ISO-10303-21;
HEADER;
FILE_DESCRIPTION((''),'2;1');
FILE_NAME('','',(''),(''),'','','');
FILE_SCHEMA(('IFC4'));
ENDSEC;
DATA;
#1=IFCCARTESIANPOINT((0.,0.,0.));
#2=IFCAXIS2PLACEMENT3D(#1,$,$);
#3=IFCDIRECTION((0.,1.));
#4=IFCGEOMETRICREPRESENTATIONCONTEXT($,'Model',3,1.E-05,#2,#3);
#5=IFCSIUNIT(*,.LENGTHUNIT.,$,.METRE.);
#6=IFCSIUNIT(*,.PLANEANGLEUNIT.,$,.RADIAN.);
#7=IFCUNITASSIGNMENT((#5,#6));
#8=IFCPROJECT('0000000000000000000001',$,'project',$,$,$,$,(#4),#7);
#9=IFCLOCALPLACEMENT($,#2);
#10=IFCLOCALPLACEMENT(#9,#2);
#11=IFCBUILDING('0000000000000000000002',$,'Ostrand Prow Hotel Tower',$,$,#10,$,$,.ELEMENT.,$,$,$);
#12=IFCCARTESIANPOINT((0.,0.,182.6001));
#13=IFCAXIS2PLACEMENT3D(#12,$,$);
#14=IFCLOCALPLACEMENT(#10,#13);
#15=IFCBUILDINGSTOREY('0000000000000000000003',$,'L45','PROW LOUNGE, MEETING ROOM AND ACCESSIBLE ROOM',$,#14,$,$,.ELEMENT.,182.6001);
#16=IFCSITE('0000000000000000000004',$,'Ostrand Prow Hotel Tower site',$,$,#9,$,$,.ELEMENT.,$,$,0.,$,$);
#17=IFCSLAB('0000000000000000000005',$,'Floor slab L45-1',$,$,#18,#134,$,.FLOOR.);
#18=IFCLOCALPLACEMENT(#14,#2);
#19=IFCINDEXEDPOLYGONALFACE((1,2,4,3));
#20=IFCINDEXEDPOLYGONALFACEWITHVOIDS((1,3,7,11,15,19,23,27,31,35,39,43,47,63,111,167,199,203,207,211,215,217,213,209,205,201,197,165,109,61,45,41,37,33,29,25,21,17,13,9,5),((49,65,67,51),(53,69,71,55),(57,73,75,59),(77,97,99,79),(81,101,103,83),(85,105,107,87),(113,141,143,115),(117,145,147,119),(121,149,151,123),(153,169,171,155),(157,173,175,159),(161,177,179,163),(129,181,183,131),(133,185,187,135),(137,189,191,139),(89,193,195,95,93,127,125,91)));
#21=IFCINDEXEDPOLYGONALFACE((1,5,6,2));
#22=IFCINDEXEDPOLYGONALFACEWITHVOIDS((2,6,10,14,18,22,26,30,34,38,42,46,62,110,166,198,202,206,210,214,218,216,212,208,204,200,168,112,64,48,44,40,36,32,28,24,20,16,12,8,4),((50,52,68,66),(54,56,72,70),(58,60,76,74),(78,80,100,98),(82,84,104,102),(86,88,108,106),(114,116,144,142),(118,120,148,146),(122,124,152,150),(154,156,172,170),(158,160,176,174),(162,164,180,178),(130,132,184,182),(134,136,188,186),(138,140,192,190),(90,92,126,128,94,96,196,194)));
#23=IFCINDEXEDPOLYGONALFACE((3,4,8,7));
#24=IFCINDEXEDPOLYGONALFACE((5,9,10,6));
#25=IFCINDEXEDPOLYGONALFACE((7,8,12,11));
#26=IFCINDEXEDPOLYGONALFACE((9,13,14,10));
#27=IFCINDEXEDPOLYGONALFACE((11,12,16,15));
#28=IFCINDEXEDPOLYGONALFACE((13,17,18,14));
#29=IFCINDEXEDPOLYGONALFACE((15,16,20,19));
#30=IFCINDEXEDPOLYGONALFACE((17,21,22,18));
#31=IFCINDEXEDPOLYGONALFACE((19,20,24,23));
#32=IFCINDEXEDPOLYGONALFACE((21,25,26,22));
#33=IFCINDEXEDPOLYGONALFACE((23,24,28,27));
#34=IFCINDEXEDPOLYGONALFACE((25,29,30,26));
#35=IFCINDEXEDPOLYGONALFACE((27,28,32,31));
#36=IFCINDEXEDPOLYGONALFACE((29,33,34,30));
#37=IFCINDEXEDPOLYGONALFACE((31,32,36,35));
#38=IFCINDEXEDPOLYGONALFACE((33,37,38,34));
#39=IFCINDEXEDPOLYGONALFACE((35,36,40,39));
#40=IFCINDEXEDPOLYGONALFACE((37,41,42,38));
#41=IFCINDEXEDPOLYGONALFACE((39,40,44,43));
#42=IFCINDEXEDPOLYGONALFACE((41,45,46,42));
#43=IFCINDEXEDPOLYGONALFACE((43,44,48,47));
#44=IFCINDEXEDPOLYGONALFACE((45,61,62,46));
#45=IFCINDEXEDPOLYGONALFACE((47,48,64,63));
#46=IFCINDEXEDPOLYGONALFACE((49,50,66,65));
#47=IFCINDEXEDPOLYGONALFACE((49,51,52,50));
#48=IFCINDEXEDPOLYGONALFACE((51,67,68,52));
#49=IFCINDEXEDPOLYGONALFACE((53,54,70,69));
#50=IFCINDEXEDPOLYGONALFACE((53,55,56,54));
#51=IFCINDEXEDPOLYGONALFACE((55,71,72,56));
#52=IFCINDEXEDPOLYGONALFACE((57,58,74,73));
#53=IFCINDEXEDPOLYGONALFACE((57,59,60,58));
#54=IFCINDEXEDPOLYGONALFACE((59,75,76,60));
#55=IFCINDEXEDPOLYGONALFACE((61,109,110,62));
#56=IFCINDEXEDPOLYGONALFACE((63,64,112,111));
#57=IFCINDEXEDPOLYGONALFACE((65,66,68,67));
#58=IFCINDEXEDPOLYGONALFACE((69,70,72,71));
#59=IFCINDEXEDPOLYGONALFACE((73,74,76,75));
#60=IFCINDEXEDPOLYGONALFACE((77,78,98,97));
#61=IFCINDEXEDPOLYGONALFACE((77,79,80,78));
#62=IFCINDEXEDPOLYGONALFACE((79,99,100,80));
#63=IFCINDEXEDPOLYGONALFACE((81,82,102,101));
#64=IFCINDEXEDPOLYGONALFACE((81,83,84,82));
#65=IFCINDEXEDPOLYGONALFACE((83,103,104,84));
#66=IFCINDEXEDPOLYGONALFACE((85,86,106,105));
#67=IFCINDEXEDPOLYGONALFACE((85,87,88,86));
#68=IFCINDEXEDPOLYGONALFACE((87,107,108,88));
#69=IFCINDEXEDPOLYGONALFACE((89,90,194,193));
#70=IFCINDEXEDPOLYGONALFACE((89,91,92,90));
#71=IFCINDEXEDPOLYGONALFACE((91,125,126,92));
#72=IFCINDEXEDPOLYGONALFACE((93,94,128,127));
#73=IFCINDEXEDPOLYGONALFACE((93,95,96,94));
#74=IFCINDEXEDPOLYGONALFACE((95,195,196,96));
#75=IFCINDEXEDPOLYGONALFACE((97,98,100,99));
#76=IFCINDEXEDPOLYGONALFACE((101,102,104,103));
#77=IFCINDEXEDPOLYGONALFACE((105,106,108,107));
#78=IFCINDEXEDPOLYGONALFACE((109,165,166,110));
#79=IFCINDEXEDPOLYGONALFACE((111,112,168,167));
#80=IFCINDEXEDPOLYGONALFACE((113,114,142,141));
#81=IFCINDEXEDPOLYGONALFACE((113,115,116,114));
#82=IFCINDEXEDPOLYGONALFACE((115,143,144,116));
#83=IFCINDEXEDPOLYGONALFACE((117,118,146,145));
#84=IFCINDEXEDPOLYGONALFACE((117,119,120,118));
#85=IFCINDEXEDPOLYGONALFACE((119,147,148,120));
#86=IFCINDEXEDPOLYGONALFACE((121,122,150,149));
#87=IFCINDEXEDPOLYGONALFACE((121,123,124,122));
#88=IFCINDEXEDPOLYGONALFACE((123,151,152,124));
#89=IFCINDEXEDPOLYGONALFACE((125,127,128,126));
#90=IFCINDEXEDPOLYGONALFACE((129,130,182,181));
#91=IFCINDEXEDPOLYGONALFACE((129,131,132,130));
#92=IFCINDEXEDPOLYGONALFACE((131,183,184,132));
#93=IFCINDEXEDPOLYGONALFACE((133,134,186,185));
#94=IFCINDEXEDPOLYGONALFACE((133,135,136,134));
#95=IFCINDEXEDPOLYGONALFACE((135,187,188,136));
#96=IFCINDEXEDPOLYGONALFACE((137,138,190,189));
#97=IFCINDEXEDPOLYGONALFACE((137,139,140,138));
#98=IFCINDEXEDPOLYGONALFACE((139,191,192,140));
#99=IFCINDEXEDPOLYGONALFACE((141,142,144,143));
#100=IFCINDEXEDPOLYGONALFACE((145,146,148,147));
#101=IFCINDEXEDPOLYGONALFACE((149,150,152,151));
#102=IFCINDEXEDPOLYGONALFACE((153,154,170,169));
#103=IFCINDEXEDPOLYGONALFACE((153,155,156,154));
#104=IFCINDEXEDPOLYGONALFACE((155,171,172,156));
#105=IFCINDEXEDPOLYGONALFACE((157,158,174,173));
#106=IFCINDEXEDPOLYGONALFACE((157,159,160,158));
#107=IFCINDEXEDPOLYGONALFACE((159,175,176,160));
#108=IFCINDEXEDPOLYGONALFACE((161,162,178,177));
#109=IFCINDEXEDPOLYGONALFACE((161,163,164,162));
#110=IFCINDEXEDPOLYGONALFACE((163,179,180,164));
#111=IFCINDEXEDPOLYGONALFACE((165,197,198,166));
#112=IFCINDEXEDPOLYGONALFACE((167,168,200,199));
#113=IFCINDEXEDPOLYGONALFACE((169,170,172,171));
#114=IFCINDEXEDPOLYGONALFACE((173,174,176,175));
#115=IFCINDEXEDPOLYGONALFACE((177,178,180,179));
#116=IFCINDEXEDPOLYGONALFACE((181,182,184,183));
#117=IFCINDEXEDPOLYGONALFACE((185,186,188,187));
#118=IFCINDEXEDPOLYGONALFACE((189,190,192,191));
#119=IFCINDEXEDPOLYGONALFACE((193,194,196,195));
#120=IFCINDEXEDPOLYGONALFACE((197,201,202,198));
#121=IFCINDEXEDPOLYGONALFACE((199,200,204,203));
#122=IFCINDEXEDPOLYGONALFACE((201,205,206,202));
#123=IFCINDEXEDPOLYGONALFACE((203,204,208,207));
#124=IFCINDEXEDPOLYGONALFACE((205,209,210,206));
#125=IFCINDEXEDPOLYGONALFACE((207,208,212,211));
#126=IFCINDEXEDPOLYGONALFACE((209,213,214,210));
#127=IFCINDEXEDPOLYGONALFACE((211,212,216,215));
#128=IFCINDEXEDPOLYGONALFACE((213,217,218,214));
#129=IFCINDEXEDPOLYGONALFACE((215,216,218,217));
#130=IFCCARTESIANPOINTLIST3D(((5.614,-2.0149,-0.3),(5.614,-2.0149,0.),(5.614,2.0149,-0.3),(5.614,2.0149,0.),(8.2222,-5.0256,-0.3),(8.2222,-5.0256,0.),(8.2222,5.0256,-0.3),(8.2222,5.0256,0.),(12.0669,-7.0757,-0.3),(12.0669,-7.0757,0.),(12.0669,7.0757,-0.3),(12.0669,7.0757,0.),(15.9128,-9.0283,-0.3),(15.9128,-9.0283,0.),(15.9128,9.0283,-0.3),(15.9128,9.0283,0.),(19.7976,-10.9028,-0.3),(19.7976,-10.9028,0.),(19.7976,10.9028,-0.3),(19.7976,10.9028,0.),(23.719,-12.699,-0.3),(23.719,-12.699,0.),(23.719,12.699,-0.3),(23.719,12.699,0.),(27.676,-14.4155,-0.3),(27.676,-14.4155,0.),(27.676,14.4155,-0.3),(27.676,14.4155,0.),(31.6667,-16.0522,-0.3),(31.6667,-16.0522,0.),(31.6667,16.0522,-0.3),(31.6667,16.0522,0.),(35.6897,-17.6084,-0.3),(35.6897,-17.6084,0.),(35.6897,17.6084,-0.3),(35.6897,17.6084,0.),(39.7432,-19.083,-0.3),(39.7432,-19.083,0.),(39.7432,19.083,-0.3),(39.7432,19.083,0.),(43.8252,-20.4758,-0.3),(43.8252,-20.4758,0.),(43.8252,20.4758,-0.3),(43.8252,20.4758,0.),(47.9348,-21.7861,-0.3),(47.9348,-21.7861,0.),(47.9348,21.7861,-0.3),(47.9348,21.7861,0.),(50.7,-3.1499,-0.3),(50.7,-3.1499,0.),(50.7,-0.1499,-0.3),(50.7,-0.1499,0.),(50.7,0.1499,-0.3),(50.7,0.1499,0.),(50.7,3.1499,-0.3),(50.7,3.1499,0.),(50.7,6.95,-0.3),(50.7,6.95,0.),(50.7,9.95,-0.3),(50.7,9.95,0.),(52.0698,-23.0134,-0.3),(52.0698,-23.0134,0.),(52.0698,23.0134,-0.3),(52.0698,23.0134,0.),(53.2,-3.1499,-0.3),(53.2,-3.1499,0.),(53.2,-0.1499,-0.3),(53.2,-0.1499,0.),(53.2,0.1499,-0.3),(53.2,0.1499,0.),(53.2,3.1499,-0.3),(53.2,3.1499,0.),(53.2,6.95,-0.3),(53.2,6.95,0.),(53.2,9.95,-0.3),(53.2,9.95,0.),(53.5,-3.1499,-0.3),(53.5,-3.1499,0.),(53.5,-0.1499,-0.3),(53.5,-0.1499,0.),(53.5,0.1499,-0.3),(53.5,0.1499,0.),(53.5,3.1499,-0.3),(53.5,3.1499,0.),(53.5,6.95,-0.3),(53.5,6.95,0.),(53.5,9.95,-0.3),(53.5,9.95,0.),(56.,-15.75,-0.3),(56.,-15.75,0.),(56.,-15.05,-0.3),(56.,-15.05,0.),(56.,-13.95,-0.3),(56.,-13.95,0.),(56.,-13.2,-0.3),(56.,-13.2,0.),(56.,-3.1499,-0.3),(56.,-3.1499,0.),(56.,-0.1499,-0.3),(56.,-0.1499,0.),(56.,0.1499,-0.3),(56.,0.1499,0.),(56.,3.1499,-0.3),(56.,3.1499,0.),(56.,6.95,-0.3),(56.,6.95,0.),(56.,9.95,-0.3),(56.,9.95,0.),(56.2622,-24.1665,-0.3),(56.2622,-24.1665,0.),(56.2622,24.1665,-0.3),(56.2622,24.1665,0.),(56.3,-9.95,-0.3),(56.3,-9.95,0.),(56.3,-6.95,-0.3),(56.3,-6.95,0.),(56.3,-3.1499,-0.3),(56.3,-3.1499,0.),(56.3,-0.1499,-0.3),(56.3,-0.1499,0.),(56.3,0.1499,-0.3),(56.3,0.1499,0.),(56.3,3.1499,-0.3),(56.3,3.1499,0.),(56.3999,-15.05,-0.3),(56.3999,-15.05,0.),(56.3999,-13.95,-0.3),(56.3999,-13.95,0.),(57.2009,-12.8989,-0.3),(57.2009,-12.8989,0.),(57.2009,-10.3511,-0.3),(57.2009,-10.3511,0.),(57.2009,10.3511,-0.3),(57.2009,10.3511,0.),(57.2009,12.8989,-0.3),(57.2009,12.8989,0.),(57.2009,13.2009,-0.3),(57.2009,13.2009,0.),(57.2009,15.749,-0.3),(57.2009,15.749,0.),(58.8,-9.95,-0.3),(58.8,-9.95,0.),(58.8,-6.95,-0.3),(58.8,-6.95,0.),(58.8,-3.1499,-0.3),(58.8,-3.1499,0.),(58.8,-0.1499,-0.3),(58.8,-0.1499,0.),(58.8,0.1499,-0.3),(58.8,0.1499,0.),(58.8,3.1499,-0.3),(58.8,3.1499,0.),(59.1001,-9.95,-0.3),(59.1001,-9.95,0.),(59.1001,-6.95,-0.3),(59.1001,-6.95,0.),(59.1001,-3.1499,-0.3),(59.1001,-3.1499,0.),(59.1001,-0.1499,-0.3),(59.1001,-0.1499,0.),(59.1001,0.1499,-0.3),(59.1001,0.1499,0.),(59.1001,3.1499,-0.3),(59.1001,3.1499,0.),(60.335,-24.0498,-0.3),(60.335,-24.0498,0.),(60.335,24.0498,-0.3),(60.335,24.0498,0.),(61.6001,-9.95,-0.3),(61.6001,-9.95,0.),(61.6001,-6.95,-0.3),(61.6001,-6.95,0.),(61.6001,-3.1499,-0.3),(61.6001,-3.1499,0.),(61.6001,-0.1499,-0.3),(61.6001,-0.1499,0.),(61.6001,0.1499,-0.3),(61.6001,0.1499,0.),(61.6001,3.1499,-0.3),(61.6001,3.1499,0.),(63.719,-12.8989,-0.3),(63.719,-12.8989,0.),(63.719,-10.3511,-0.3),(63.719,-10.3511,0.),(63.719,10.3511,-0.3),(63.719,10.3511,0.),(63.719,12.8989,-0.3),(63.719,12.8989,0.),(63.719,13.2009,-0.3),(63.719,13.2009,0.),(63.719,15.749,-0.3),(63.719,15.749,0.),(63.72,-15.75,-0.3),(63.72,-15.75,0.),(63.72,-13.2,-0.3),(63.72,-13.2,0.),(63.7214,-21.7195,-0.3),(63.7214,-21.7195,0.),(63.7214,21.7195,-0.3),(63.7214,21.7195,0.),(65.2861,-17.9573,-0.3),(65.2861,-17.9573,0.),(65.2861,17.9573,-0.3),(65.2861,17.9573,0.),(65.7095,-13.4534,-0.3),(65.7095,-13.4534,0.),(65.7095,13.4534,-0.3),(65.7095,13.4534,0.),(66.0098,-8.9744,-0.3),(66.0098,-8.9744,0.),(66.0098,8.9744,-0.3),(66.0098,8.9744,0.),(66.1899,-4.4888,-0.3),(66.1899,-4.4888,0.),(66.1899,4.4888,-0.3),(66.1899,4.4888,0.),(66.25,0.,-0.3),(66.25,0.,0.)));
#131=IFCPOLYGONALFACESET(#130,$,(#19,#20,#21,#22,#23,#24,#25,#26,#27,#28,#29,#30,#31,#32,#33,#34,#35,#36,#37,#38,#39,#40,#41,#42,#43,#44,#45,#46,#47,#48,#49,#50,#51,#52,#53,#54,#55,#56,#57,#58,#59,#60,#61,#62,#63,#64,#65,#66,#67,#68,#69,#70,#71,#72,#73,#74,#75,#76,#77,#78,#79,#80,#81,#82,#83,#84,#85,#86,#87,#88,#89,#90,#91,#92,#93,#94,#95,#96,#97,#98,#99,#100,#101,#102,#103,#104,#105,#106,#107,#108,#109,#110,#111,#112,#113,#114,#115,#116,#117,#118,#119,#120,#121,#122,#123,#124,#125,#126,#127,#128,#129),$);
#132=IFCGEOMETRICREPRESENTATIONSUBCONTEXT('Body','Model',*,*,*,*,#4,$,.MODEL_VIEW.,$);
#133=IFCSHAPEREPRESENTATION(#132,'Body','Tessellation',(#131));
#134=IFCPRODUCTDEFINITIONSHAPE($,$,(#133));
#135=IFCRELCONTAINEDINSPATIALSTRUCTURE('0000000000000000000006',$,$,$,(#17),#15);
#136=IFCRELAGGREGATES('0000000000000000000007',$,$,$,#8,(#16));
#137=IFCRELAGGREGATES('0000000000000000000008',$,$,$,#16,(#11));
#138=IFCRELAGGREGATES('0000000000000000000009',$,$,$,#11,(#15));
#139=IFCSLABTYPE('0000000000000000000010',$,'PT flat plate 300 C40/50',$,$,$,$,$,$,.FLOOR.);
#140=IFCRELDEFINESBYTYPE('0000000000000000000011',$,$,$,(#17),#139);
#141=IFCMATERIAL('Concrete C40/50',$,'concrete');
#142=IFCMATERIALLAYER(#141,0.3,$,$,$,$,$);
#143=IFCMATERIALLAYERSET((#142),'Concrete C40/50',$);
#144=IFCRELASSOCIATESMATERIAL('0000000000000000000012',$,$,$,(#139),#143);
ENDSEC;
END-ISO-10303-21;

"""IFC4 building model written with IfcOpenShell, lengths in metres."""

from ifc_helpers import new_model, si_unit, direction, frame, origin, place, context, subcontext, project, spatial, polyline, outline, extrude, material, layer, layer_set, type_object, element, save


model = new_model("IFC4")

# Units and contexts
model_context = context("Model", 3, precision=1e-05, world=origin(), true_north=direction((0.0, 1.0)))
body_context = subcontext(model_context, "Body", "Model", "MODEL_VIEW")
ifc_project = project(units=[si_unit("LENGTHUNIT", "METRE"), si_unit("PLANEANGLEUNIT", "RADIAN")], contexts=[model_context])

# Site, building, storey
site_placement = place(None, origin())
site = spatial("IfcSite", under=ifc_project, at=site_placement, Name="Ostrand Prow Hotel Tower site", CompositionType="ELEMENT", RefElevation=0.0)
building_placement = place(site_placement, origin())
building = spatial("IfcBuilding", under=site, at=building_placement, Name="Ostrand Prow Hotel Tower", CompositionType="ELEMENT")
storey_placement = place(building_placement, frame((0.0, 0.0, 182.6001)))
storey = spatial("IfcBuildingStorey", under=building, at=storey_placement, Name="L45", Description="PROW LOUNGE, MEETING ROOM AND ACCESSIBLE ROOM", CompositionType="ELEMENT", Elevation=182.6001)

# Slab, opening
ifc_material_1 = material(Name="Concrete C40/50", Category="concrete")
ifc_layer_1 = layer(ifc_material_1, 0.3)
ifc_layer_set_1 = layer_set([ifc_layer_1], Name="Concrete C40/50")
slab_type = type_object("IfcSlabType", Name="PT flat plate 300 C40/50", PredefinedType="FLOOR", material=ifc_layer_set_1)
slab_placement = place(storey_placement, frame((0.0, 0.0, -0.3)))
slab = element("IfcSlab", 1, at=slab_placement, inside=storey, type_object=slab_type, Name="Floor slab L45-1", PredefinedType="FLOOR", context=body_context, shape_type="SweptSolid", body=[
    extrude(outline(polyline([(8.2222, 5.0256), (12.0669, 7.0757), (15.9128, 9.0283), (19.7976, 10.9028), (23.719, 12.699), (27.676, 14.4155), (31.6667, 16.0522), (35.6897, 17.6084), (39.7432, 19.083), (43.8252, 20.4758), (47.9348, 21.7861), (52.0698, 23.0134), (56.2622, 24.1665), (60.335, 24.0498), (63.7214, 21.7195), (65.2861, 17.9573), (65.7095, 13.4534), (66.0098, 8.9744), (66.1899, 4.4888), (66.25, 0.0), (66.1899, -4.4888), (66.0098, -8.9744), (65.7095, -13.4534), (65.2861, -17.9573), (63.7214, -21.7195), (60.335, -24.0498), (56.2622, -24.1665), (52.0698, -23.0134), (47.9348, -21.7861), (43.8252, -20.4758), (39.7432, -19.083), (35.6897, -17.6084), (31.6667, -16.0522), (27.676, -14.4155), (23.719, -12.699), (19.7976, -10.9028), (15.9128, -9.0283), (12.0669, -7.0757), (8.2222, -5.0256), (5.614, -2.0149), (5.614, 2.0149), (8.2222, 5.0256)]), holes=[polyline([(50.7, 6.95), (53.2, 6.95), (53.2, 9.95), (50.7, 9.95), (50.7, 6.95)]), polyline([(53.5, 6.95), (56.0, 6.95), (56.0, 9.95), (53.5, 9.95), (53.5, 6.95)]), polyline([(50.7, 0.1499), (53.2, 0.1499), (53.2, 3.1499), (50.7, 3.1499), (50.7, 0.1499)]), polyline([(53.5, 0.1499), (56.0, 0.1499), (56.0, 3.1499), (53.5, 3.1499), (53.5, 0.1499)]), polyline([(56.3, 0.1499), (58.8, 0.1499), (58.8, 3.1499), (56.3, 3.1499), (56.3, 0.1499)]), polyline([(59.1001, 0.1499), (61.6001, 0.1499), (61.6001, 3.1499), (59.1001, 3.1499), (59.1001, 0.1499)]), polyline([(50.7, -3.1499), (53.2, -3.1499), (53.2, -0.1499), (50.7, -0.1499), (50.7, -3.1499)]), polyline([(53.5, -3.1499), (56.0, -3.1499), (56.0, -0.1499), (53.5, -0.1499), (53.5, -3.1499)]), polyline([(56.3, -3.1499), (58.8, -3.1499), (58.8, -0.1499), (56.3, -0.1499), (56.3, -3.1499)]), polyline([(59.1001, -3.1499), (61.6001, -3.1499), (61.6001, -0.1499), (59.1001, -0.1499), (59.1001, -3.1499)]), polyline([(56.3, -9.95), (58.8, -9.95), (58.8, -6.95), (56.3, -6.95), (56.3, -9.95)]), polyline([(59.1001, -9.95), (61.6001, -9.95), (61.6001, -6.95), (59.1001, -6.95), (59.1001, -9.95)]), polyline([(57.2009, 10.3511), (57.2009, 12.8989), (63.719, 12.8989), (63.719, 10.3511), (57.2009, 10.3511)]), polyline([(57.2009, 13.2009), (57.2009, 15.749), (63.719, 15.749), (63.719, 13.2009), (57.2009, 13.2009)]), polyline([(57.2009, -12.8989), (57.2009, -10.3511), (63.719, -10.3511), (63.719, -12.8989), (57.2009, -12.8989)]), polyline([(63.72, -13.2), (63.72, -15.75), (56.0, -15.75), (56.0, -15.05), (56.3999, -15.05), (56.3999, -13.95), (56.0, -13.95), (56.0, -13.2), (63.72, -13.2)])]), origin(), (0.0, 0.0, 1.0), 0.3),
])
opening_1_placement = place(slab_placement, origin())
element("IfcOpeningElement", 2, at=opening_1_placement, cuts=slab, PredefinedType="OPENING", context=body_context, shape_type="SweptSolid", body=[
    extrude(outline(polyline([(63.72, -13.2), (63.72, -15.75), (56.0, -15.75), (56.0, -15.05), (56.3999, -15.05), (56.3999, -13.95), (56.0, -13.95), (56.0, -13.2), (63.72, -13.2)])), origin(), (0.0, 0.0, 1.0), 0.3),
])

save(model, "model.ifc")
